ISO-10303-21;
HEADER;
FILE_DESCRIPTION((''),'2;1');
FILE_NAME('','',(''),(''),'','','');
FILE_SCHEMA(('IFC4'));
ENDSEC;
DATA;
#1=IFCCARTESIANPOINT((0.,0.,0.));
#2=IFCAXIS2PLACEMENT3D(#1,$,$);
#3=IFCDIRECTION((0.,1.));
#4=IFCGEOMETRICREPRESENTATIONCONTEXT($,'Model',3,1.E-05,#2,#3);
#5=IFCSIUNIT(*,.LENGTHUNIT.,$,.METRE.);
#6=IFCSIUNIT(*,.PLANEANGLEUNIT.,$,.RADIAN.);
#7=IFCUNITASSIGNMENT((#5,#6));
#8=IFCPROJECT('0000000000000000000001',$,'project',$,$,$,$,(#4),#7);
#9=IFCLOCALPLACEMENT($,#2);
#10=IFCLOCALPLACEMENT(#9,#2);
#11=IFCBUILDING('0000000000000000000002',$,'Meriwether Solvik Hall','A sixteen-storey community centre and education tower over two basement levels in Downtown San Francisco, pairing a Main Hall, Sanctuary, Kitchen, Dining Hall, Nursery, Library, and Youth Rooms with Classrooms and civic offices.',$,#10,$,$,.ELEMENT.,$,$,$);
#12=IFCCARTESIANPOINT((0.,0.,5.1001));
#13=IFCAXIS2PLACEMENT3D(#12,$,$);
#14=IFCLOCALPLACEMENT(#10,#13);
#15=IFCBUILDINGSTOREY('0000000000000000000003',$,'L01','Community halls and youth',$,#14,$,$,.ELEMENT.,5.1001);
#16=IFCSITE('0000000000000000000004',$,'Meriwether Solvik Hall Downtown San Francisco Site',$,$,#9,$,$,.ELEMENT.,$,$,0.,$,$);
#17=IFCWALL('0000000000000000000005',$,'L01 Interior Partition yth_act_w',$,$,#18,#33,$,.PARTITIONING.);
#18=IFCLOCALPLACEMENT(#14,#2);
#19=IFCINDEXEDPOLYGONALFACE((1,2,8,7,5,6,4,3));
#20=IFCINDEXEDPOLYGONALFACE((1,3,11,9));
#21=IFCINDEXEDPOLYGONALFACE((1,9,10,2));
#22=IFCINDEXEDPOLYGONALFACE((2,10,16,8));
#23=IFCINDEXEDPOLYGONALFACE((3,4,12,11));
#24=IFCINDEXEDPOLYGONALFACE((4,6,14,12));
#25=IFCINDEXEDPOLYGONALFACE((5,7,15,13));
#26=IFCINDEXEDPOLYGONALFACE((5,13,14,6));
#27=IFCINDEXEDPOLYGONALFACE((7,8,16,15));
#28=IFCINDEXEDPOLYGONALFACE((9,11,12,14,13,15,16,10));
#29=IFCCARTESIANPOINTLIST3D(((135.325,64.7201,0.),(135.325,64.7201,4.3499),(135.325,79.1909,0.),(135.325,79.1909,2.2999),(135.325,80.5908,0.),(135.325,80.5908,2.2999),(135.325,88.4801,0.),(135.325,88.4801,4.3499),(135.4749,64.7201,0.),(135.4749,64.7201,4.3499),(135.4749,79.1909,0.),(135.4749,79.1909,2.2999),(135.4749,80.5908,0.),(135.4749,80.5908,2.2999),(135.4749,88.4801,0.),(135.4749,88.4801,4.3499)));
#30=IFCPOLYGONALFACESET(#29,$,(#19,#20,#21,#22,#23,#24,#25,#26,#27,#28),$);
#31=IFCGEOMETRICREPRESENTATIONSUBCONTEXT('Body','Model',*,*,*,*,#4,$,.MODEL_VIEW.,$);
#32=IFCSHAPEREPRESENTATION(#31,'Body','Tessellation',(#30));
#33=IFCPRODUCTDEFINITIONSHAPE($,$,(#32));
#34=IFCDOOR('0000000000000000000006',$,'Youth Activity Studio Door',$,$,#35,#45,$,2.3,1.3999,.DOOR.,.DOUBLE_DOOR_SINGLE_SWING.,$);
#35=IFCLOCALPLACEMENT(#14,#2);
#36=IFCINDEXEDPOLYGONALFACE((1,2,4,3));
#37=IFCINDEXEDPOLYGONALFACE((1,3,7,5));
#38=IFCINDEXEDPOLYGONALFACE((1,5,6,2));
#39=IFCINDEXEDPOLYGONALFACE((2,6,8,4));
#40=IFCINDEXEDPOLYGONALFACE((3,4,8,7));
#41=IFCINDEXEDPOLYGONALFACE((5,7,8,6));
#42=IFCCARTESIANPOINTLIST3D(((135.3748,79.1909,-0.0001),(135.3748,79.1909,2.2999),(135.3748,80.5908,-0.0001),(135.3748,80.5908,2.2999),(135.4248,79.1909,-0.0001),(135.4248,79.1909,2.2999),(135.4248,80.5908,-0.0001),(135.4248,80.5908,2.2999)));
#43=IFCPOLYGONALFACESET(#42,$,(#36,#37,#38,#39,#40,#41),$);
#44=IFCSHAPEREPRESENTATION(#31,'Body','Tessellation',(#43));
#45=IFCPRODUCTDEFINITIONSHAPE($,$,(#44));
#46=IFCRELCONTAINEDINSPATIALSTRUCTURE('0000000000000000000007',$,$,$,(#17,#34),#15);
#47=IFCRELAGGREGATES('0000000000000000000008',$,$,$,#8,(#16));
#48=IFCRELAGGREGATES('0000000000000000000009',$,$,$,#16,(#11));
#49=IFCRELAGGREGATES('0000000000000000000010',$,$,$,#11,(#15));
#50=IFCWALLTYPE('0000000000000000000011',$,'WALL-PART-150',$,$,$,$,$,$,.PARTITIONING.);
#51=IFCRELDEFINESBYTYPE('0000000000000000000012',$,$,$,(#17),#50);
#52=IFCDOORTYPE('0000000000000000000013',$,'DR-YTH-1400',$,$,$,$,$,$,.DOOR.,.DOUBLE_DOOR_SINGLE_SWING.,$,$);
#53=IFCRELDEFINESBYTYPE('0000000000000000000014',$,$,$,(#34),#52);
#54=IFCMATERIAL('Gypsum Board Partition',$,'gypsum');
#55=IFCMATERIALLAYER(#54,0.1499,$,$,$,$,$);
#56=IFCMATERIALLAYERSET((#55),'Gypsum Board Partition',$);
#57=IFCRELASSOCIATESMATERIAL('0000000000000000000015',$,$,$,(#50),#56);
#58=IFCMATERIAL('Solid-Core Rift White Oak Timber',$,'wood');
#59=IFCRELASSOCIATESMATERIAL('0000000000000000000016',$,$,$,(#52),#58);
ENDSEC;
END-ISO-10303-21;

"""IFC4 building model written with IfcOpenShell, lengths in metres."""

from ifc_helpers import new_model, si_unit, direction, frame, frame_2d, origin, place, context, subcontext, project, spatial, rectangle, extrude, material, layer, layer_set, type_object, element, fill, save


model = new_model("IFC4")

# Units and contexts
model_context = context("Model", 3, precision=1e-05, world=origin(), true_north=direction((0.0, 1.0)))
body_context = subcontext(model_context, "Body", "Model", "MODEL_VIEW")
ifc_project = project(units=[si_unit("LENGTHUNIT", "METRE"), si_unit("PLANEANGLEUNIT", "RADIAN")], contexts=[model_context])

# Site, building, storey
site_placement = place(None, origin())
site = spatial("IfcSite", under=ifc_project, at=site_placement, Name="Meriwether Solvik Hall Downtown San Francisco Site", CompositionType="ELEMENT", RefElevation=0.0)
building_placement = place(site_placement, origin())
building = spatial("IfcBuilding", under=site, at=building_placement, Name="Meriwether Solvik Hall", Description="A sixteen-storey community centre and education tower over two basement levels in Downtown San Francisco, pairing a Main Hall, Sanctuary, Kitchen, Dining Hall, Nursery, Library, and Youth Rooms with Classrooms and civic offices.", CompositionType="ELEMENT")
storey_placement = place(building_placement, frame((0.0, 0.0, 5.1001)))
storey = spatial("IfcBuildingStorey", under=building, at=storey_placement, Name="L01", Description="Community halls and youth", CompositionType="ELEMENT", Elevation=5.1001)

# Wall, opening, door
ifc_material_1 = material(Name="Gypsum Board Partition", Category="gypsum")
ifc_layer_1 = layer(ifc_material_1, 0.1499)
ifc_layer_set_1 = layer_set([ifc_layer_1], Name="Gypsum Board Partition")
wall_type_1 = type_object("IfcWallType", Name="WALL-PART-150", PredefinedType="PARTITIONING", material=ifc_layer_set_1)
wall_1_placement = place(storey_placement, frame((135.3999, 88.48, 0.0), z_axis=(0.0, 0.0, 1.0), x_axis=(0.0, -1.0, 0.0)))
wall_1 = element("IfcWall", 1, at=wall_1_placement, inside=storey, type_object=wall_type_1, Name="L01 Interior Partition yth_act_w", PredefinedType="PARTITIONING", context=body_context, shape_type="SweptSolid", body=[
    extrude(rectangle(XDim=23.76, YDim=0.1499, at=frame_2d((11.8799, 0.0))), origin(), (0.0, 0.0, 1.0), 4.3499),
])
opening_1_placement = place(wall_1_placement, frame((7.8892, 0.0, 0.0)))
opening_1 = element("IfcOpeningElement", 2, at=opening_1_placement, cuts=wall_1, PredefinedType="OPENING", context=body_context, shape_type="SweptSolid", body=[
    extrude(rectangle(XDim=1.3999, YDim=2.3, at=frame_2d((0.7, 1.1499))), frame((0.0, 0.0869, 0.0), z_axis=(0.0, -1.0, 0.0), x_axis=(1.0, 0.0, 0.0)), (0.0, 0.0, 1.0), 0.1738),
])
ifc_material_2 = material(Name="Solid-Core Rift White Oak Timber", Category="wood")
door_type_1 = type_object("IfcDoorType", Name="DR-YTH-1400", OperationType="DOUBLE_DOOR_SINGLE_SWING", PredefinedType="DOOR", material=ifc_material_2)
door_1_placement = place(opening_1_placement, origin())
door_1 = element("IfcDoor", 3, at=door_1_placement, inside=storey, type_object=door_type_1, Name="Youth Activity Studio Door", OperationType="DOUBLE_DOOR_SINGLE_SWING", OverallHeight=2.3, OverallWidth=1.3999, PredefinedType="DOOR", context=body_context, shape_type="SweptSolid", body=[
    extrude(rectangle(XDim=1.3999, YDim=2.3, at=frame_2d((0.7, 1.1499))), frame((0.0, 0.0249, 0.0), z_axis=(0.0, -1.0, 0.0), x_axis=(1.0, 0.0, 0.0)), (0.0, 0.0, 1.0), 0.05),
])
fill(opening_1, door_1)

save(model, "model.ifc")
